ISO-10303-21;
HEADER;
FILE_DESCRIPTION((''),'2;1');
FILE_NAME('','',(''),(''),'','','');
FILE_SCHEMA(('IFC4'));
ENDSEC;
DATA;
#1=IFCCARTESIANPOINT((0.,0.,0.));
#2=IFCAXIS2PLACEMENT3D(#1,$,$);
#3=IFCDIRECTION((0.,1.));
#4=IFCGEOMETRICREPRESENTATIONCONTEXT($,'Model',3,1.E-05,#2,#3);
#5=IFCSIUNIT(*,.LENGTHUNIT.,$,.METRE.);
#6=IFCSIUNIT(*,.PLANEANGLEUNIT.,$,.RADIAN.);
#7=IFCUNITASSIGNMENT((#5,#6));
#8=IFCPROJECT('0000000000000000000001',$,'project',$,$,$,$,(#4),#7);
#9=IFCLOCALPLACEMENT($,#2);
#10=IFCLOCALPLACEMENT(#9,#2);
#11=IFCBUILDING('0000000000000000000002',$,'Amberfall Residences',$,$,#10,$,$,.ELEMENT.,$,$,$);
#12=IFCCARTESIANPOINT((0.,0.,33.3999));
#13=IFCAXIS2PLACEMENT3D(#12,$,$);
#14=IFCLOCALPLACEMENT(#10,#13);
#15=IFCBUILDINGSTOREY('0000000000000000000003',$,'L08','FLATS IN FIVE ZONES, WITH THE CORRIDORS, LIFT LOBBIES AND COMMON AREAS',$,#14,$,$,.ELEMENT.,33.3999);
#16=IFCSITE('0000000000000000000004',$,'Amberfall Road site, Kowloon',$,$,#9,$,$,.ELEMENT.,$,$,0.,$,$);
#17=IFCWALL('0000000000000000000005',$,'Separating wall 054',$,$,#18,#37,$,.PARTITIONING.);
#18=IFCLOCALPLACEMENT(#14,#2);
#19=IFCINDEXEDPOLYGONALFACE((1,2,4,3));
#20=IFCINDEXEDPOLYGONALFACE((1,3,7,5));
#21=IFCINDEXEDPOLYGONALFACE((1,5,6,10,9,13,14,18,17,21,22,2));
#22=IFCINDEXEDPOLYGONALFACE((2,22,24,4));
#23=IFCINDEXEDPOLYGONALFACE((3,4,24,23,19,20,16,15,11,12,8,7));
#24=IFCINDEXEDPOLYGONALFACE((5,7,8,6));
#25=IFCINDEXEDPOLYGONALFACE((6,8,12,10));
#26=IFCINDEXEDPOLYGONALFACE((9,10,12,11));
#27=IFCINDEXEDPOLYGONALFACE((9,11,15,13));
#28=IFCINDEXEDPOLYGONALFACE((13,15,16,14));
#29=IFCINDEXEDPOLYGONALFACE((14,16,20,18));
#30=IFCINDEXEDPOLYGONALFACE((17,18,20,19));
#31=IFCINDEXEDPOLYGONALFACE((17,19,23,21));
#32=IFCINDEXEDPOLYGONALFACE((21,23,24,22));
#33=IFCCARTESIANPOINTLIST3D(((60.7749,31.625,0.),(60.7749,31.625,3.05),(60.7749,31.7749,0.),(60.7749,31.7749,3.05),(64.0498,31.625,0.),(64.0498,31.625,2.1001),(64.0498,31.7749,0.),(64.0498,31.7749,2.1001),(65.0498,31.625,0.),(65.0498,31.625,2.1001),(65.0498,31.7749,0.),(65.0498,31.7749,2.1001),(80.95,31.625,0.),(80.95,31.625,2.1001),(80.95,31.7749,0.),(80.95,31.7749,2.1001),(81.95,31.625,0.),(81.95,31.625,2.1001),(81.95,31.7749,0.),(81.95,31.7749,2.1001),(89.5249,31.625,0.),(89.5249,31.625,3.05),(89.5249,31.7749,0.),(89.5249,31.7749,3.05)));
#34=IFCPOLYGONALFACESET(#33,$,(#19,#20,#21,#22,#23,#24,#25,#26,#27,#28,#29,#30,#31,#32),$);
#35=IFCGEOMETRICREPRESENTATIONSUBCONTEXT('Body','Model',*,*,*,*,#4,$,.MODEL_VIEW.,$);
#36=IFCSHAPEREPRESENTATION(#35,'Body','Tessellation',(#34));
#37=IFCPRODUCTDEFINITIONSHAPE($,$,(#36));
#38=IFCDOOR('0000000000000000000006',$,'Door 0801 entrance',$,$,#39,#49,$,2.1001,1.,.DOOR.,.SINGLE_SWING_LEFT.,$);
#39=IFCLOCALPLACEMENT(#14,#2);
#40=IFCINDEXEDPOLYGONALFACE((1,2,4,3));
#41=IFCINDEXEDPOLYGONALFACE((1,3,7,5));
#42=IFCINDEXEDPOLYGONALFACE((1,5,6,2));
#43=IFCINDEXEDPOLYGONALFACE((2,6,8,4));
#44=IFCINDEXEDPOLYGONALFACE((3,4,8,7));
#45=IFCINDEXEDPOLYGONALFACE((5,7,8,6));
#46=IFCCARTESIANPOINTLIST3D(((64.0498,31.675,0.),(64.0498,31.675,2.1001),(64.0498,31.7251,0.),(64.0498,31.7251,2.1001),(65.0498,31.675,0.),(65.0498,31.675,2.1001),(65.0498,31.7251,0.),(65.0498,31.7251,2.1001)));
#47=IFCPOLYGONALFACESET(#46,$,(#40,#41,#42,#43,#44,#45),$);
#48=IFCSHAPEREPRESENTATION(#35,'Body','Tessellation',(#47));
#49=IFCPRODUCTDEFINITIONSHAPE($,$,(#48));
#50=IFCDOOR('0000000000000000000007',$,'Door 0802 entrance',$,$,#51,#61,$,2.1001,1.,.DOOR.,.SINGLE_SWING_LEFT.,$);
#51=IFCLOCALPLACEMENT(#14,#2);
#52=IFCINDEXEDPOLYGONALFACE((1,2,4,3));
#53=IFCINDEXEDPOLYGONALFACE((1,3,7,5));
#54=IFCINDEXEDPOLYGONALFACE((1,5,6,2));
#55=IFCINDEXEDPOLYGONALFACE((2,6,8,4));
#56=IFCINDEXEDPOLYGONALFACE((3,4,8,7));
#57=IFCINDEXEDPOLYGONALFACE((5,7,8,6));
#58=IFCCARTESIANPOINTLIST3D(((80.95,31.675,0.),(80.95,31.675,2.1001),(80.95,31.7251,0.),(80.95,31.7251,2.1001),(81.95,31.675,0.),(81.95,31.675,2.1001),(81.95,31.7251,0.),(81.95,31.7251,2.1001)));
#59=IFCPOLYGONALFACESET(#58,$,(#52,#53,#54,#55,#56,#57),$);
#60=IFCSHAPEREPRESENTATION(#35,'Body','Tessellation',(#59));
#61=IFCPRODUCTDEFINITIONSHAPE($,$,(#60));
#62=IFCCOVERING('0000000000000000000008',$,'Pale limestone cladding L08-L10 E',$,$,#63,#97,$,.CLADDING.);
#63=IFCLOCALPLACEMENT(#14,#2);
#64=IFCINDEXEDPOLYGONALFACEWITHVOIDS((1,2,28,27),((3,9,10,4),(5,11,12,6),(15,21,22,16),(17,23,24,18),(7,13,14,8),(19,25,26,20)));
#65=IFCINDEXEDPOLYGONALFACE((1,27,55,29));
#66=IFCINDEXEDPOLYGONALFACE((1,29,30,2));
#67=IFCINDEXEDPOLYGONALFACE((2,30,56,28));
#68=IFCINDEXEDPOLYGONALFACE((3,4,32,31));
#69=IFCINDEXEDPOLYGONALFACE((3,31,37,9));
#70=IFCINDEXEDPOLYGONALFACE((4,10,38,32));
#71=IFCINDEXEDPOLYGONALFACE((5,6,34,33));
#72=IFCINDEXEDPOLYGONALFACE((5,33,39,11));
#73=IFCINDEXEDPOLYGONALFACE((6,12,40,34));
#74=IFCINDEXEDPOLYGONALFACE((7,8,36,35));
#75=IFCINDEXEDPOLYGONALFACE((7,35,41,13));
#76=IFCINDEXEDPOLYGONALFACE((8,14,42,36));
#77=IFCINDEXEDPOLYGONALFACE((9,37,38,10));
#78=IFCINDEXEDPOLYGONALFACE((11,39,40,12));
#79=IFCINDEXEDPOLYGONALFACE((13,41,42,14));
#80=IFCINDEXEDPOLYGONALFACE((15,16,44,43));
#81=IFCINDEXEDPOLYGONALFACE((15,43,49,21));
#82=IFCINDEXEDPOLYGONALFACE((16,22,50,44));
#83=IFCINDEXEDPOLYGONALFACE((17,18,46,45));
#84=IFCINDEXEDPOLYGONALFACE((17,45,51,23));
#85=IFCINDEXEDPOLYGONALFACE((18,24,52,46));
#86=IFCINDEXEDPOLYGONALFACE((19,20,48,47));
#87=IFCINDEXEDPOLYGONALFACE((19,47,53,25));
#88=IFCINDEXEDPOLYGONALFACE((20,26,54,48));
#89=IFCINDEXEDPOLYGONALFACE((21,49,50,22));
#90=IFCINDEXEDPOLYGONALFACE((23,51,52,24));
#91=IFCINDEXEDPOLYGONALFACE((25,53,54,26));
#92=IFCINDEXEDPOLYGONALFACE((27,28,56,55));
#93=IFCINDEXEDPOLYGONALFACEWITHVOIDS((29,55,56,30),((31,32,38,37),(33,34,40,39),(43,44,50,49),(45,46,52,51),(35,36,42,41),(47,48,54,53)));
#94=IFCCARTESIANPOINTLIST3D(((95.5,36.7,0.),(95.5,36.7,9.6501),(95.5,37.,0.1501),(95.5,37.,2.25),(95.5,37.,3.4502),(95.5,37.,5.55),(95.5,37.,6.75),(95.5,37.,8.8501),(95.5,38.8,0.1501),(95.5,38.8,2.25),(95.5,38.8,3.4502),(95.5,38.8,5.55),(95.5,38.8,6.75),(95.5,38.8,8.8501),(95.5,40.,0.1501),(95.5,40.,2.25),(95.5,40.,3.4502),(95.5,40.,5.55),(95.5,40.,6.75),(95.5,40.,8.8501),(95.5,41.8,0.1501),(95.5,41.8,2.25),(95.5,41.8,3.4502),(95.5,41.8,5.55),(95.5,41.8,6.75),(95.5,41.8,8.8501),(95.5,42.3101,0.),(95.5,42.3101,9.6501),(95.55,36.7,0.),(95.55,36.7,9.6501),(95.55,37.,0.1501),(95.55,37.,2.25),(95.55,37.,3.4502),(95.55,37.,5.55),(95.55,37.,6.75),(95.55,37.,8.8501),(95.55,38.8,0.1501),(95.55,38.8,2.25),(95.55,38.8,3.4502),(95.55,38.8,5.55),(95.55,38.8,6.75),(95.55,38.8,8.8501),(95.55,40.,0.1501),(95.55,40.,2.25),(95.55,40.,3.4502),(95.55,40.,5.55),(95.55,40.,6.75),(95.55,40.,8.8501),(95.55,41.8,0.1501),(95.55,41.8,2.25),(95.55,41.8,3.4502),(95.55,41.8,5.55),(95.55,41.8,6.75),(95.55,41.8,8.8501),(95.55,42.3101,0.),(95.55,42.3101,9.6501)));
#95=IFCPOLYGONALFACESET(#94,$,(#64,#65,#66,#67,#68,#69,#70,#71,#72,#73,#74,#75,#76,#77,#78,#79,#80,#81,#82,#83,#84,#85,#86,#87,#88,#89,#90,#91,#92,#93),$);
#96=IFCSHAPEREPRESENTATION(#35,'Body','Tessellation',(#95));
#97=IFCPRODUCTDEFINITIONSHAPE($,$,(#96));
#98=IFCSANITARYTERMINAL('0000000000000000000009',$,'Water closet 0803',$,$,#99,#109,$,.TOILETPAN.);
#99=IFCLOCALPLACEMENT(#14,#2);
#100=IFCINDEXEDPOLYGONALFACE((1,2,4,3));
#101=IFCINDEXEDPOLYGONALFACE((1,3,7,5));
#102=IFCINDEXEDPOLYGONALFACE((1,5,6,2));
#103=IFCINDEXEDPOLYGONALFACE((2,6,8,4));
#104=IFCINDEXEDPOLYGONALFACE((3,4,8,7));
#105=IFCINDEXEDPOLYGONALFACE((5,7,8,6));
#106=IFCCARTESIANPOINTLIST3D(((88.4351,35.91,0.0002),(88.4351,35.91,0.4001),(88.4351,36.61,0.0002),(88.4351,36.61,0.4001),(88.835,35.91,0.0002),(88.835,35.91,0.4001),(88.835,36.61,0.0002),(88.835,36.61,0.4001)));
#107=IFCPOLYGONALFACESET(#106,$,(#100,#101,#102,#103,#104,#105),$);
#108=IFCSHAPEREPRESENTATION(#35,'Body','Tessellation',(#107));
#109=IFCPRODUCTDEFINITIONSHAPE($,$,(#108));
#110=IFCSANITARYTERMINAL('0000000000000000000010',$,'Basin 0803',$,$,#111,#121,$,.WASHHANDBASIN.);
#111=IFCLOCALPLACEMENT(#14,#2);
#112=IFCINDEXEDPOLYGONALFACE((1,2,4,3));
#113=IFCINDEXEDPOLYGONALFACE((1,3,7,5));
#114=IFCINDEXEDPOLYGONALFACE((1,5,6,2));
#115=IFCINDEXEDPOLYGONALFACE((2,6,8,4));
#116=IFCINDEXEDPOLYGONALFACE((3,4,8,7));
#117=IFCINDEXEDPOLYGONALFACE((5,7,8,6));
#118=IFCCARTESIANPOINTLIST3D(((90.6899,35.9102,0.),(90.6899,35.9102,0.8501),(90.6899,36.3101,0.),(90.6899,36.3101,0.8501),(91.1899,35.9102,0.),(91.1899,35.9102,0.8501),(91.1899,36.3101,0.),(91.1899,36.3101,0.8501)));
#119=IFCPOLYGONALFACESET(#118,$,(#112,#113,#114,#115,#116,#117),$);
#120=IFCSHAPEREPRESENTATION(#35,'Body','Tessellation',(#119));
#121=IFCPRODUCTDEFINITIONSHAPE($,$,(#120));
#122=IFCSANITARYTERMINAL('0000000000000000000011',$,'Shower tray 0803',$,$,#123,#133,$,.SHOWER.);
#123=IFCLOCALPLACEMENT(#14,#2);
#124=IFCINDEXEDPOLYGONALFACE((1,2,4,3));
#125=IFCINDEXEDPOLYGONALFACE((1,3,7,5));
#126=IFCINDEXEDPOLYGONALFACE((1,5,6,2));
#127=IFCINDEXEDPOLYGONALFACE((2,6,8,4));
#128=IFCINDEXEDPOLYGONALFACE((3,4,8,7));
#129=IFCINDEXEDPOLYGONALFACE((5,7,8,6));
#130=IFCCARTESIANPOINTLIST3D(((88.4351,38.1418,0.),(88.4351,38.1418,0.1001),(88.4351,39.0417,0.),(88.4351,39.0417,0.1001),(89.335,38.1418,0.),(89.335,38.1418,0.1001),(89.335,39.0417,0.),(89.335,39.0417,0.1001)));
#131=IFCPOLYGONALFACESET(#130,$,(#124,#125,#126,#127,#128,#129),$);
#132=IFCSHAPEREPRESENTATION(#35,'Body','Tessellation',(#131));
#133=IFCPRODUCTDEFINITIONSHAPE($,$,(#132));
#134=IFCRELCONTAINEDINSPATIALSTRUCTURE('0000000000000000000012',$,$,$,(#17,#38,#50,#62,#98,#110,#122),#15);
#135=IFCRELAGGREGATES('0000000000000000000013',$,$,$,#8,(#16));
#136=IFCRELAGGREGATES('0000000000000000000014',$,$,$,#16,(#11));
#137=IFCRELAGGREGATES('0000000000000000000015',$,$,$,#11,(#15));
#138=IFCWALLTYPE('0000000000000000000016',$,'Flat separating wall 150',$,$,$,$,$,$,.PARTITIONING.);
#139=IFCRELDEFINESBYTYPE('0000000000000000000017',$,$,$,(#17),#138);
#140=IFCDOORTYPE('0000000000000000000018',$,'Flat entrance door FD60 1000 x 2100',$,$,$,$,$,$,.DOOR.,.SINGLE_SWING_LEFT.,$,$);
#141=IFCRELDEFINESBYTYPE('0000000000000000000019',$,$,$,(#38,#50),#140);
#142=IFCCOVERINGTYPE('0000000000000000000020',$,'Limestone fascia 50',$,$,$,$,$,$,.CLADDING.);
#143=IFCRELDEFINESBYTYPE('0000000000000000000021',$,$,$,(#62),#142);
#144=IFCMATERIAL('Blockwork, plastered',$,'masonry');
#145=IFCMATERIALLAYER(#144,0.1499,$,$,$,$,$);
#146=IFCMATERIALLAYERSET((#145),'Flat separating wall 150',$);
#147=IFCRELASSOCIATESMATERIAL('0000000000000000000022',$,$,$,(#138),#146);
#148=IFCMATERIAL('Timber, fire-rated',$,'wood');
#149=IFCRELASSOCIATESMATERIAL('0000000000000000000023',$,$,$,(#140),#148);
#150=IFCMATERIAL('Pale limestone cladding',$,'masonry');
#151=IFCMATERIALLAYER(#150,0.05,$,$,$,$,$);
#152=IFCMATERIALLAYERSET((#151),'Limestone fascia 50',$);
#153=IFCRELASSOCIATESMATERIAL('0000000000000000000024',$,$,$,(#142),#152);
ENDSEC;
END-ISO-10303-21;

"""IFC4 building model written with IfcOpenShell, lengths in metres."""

from ifc_helpers import new_model, si_unit, direction, frame, frame_2d, origin, origin_2d, place, context, subcontext, project, spatial, polyline, rectangle, outline, extrude, material, layer, layer_set, type_object, element, fill, save


model = new_model("IFC4")

# Units and contexts
model_context = context("Model", 3, precision=1e-05, world=origin(), true_north=direction((0.0, 1.0)))
body_context = subcontext(model_context, "Body", "Model", "MODEL_VIEW")
ifc_project = project(units=[si_unit("LENGTHUNIT", "METRE"), si_unit("PLANEANGLEUNIT", "RADIAN")], contexts=[model_context])

# Site, building, storey
site_placement = place(None, origin())
site = spatial("IfcSite", under=ifc_project, at=site_placement, Name="Amberfall Road site, Kowloon", CompositionType="ELEMENT", RefElevation=0.0)
building_placement = place(site_placement, origin())
building = spatial("IfcBuilding", under=site, at=building_placement, Name="Amberfall Residences", CompositionType="ELEMENT")
storey_placement = place(building_placement, frame((0.0, 0.0, 33.3999)))
storey = spatial("IfcBuildingStorey", under=building, at=storey_placement, Name="L08", Description="FLATS IN FIVE ZONES, WITH THE CORRIDORS, LIFT LOBBIES AND COMMON AREAS", CompositionType="ELEMENT", Elevation=33.3999)

# Shared definitions
ifc_material_1 = material(Name="Blockwork, plastered", Category="masonry")
ifc_layer_1 = layer(ifc_material_1, 0.1499)
ifc_layer_set_1 = layer_set([ifc_layer_1], Name="Flat separating wall 150")
wall_type_1 = type_object("IfcWallType", Name="Flat separating wall 150", PredefinedType="PARTITIONING", material=ifc_layer_set_1)

# Wall, openings, doors
wall_1_placement = place(storey_placement, frame((89.5249, 31.7, 0.0), z_axis=(0.0, 0.0, 1.0), x_axis=(-1.0, 0.0, 0.0)))
wall_1 = element("IfcWall", 1, at=wall_1_placement, inside=storey, type_object=wall_type_1, Name="Separating wall 054", PredefinedType="PARTITIONING", context=body_context, shape_type="SweptSolid", body=[
    extrude(rectangle(XDim=28.75, YDim=0.1499, at=frame_2d((14.375, 0.0))), origin(), (0.0, 0.0, 1.0), 3.05),
])
opening_1_placement = place(wall_1_placement, frame((24.4751, 0.0, 0.0)))
opening_1 = element("IfcOpeningElement", 2, at=opening_1_placement, cuts=wall_1, PredefinedType="OPENING", context=body_context, shape_type="SweptSolid", body=[
    extrude(rectangle(XDim=1.0, YDim=2.1001, at=frame_2d((0.5, 1.05))), frame((0.0, 0.085, 0.0), z_axis=(0.0, -1.0, 0.0), x_axis=(1.0, 0.0, 0.0)), (0.0, 0.0, 1.0), 0.1699),
])
opening_2_placement = place(wall_1_placement, frame((7.575, 0.0, 0.0)))
opening_2 = element("IfcOpeningElement", 3, at=opening_2_placement, cuts=wall_1, PredefinedType="OPENING", context=body_context, shape_type="SweptSolid", body=[
    extrude(rectangle(XDim=1.0, YDim=2.1001, at=frame_2d((0.5, 1.05))), frame((0.0, 0.085, 0.0), z_axis=(0.0, -1.0, 0.0), x_axis=(1.0, 0.0, 0.0)), (0.0, 0.0, 1.0), 0.1699),
])
ifc_material_2 = material(Name="Timber, fire-rated", Category="wood")
door_type_1 = type_object("IfcDoorType", Name="Flat entrance door FD60 1000 x 2100", OperationType="SINGLE_SWING_LEFT", PredefinedType="DOOR", material=ifc_material_2)
door_1_placement = place(opening_1_placement, origin())
door_1 = element("IfcDoor", 4, at=door_1_placement, inside=storey, type_object=door_type_1, Name="Door 0801 entrance", OperationType="SINGLE_SWING_LEFT", OverallHeight=2.1001, OverallWidth=1.0, PredefinedType="DOOR", context=body_context, shape_type="SweptSolid", body=[
    extrude(rectangle(XDim=1.0, YDim=2.1001, at=frame_2d((0.5, 1.05))), frame((0.0, 0.0249, 0.0), z_axis=(0.0, -1.0, 0.0), x_axis=(1.0, 0.0, 0.0)), (0.0, 0.0, 1.0), 0.05),
])
fill(opening_1, door_1)
door_2_placement = place(opening_2_placement, origin())
door_2 = element("IfcDoor", 5, at=door_2_placement, inside=storey, type_object=door_type_1, Name="Door 0802 entrance", OperationType="SINGLE_SWING_LEFT", OverallHeight=2.1001, OverallWidth=1.0, PredefinedType="DOOR", context=body_context, shape_type="SweptSolid", body=[
    extrude(rectangle(XDim=1.0, YDim=2.1001, at=frame_2d((0.5, 1.05))), frame((0.0, 0.0249, 0.0), z_axis=(0.0, -1.0, 0.0), x_axis=(1.0, 0.0, 0.0)), (0.0, 0.0, 1.0), 0.05),
])
fill(opening_2, door_2)

# Covering
ifc_material_3 = material(Name="Pale limestone cladding", Category="masonry")
ifc_layer_2 = layer(ifc_material_3, 0.05)
ifc_layer_set_2 = layer_set([ifc_layer_2], Name="Limestone fascia 50")
covering_type = type_object("IfcCoveringType", Name="Limestone fascia 50", PredefinedType="CLADDING", material=ifc_layer_set_2)
covering_placement = place(storey_placement, frame((95.5, 36.7, 9.6501), z_axis=(-1.0, 0.0, 0.0), x_axis=(0.0, 1.0, 0.0)))
element("IfcCovering", 6, at=covering_placement, inside=storey, type_object=covering_type, Name="Pale limestone cladding L08-L10 E", PredefinedType="CLADDING", context=body_context, shape_type="SweptSolid", body=[
    extrude(outline(polyline([(0.0, 0.0), (5.6101, 0.0), (5.6101, 9.6501), (0.0, 9.6501), (0.0, 0.0)]), holes=[polyline([(0.3, 7.4001), (2.1001, 7.4001), (2.1001, 9.5), (0.3, 9.5), (0.3, 7.4001)]), polyline([(3.3, 7.4001), (5.1001, 7.4001), (5.1001, 9.5), (3.3, 9.5), (3.3, 7.4001)]), polyline([(0.3, 4.1001), (2.1001, 4.1001), (2.1001, 6.2), (0.3, 6.2), (0.3, 4.1001)]), polyline([(3.3, 4.1001), (5.1001, 4.1001), (5.1001, 6.2), (3.3, 6.2), (3.3, 4.1001)]), polyline([(0.3, 0.8), (2.1001, 0.8), (2.1001, 2.9001), (0.3, 2.9001), (0.3, 0.8)]), polyline([(3.3, 0.8), (5.1001, 0.8), (5.1001, 2.9001), (3.3, 2.9001), (3.3, 0.8)])]), origin(), (0.0, 0.0, -1.0), 0.05),
])

# Sanitary terminals
sanitary_terminal_1_placement = place(storey_placement, frame((88.635, 36.26, 0.0002), z_axis=(0.0, 0.0, 1.0), x_axis=(1.0, 0.0, 0.0)))
element("IfcSanitaryTerminal", 7, at=sanitary_terminal_1_placement, inside=storey, Name="Water closet 0803", PredefinedType="TOILETPAN", context=body_context, shape_type="SweptSolid", body=[
    extrude(rectangle(XDim=0.3999, YDim=0.7, at=origin_2d()), origin(), (0.0, 0.0, 1.0), 0.3999),
])
sanitary_terminal_2_placement = place(storey_placement, frame((90.9399, 36.1101, 0.0), z_axis=(0.0, 0.0, 1.0), x_axis=(1.0, 0.0, 0.0)))
element("IfcSanitaryTerminal", 8, at=sanitary_terminal_2_placement, inside=storey, Name="Basin 0803", PredefinedType="WASHHANDBASIN", context=body_context, shape_type="SweptSolid", body=[
    extrude(rectangle(XDim=0.5, YDim=0.3999, at=origin_2d()), origin(), (0.0, 0.0, 1.0), 0.8501),
])
sanitary_terminal_3_placement = place(storey_placement, frame((88.885, 38.5918, 0.0), z_axis=(0.0, 0.0, 1.0), x_axis=(1.0, 0.0, 0.0)))
element("IfcSanitaryTerminal", 9, at=sanitary_terminal_3_placement, inside=storey, Name="Shower tray 0803", PredefinedType="SHOWER", context=body_context, shape_type="SweptSolid", body=[
    extrude(rectangle(XDim=0.8999, YDim=0.8999, at=origin_2d()), origin(), (0.0, 0.0, 1.0), 0.1001),
])

save(model, "model.ifc")
